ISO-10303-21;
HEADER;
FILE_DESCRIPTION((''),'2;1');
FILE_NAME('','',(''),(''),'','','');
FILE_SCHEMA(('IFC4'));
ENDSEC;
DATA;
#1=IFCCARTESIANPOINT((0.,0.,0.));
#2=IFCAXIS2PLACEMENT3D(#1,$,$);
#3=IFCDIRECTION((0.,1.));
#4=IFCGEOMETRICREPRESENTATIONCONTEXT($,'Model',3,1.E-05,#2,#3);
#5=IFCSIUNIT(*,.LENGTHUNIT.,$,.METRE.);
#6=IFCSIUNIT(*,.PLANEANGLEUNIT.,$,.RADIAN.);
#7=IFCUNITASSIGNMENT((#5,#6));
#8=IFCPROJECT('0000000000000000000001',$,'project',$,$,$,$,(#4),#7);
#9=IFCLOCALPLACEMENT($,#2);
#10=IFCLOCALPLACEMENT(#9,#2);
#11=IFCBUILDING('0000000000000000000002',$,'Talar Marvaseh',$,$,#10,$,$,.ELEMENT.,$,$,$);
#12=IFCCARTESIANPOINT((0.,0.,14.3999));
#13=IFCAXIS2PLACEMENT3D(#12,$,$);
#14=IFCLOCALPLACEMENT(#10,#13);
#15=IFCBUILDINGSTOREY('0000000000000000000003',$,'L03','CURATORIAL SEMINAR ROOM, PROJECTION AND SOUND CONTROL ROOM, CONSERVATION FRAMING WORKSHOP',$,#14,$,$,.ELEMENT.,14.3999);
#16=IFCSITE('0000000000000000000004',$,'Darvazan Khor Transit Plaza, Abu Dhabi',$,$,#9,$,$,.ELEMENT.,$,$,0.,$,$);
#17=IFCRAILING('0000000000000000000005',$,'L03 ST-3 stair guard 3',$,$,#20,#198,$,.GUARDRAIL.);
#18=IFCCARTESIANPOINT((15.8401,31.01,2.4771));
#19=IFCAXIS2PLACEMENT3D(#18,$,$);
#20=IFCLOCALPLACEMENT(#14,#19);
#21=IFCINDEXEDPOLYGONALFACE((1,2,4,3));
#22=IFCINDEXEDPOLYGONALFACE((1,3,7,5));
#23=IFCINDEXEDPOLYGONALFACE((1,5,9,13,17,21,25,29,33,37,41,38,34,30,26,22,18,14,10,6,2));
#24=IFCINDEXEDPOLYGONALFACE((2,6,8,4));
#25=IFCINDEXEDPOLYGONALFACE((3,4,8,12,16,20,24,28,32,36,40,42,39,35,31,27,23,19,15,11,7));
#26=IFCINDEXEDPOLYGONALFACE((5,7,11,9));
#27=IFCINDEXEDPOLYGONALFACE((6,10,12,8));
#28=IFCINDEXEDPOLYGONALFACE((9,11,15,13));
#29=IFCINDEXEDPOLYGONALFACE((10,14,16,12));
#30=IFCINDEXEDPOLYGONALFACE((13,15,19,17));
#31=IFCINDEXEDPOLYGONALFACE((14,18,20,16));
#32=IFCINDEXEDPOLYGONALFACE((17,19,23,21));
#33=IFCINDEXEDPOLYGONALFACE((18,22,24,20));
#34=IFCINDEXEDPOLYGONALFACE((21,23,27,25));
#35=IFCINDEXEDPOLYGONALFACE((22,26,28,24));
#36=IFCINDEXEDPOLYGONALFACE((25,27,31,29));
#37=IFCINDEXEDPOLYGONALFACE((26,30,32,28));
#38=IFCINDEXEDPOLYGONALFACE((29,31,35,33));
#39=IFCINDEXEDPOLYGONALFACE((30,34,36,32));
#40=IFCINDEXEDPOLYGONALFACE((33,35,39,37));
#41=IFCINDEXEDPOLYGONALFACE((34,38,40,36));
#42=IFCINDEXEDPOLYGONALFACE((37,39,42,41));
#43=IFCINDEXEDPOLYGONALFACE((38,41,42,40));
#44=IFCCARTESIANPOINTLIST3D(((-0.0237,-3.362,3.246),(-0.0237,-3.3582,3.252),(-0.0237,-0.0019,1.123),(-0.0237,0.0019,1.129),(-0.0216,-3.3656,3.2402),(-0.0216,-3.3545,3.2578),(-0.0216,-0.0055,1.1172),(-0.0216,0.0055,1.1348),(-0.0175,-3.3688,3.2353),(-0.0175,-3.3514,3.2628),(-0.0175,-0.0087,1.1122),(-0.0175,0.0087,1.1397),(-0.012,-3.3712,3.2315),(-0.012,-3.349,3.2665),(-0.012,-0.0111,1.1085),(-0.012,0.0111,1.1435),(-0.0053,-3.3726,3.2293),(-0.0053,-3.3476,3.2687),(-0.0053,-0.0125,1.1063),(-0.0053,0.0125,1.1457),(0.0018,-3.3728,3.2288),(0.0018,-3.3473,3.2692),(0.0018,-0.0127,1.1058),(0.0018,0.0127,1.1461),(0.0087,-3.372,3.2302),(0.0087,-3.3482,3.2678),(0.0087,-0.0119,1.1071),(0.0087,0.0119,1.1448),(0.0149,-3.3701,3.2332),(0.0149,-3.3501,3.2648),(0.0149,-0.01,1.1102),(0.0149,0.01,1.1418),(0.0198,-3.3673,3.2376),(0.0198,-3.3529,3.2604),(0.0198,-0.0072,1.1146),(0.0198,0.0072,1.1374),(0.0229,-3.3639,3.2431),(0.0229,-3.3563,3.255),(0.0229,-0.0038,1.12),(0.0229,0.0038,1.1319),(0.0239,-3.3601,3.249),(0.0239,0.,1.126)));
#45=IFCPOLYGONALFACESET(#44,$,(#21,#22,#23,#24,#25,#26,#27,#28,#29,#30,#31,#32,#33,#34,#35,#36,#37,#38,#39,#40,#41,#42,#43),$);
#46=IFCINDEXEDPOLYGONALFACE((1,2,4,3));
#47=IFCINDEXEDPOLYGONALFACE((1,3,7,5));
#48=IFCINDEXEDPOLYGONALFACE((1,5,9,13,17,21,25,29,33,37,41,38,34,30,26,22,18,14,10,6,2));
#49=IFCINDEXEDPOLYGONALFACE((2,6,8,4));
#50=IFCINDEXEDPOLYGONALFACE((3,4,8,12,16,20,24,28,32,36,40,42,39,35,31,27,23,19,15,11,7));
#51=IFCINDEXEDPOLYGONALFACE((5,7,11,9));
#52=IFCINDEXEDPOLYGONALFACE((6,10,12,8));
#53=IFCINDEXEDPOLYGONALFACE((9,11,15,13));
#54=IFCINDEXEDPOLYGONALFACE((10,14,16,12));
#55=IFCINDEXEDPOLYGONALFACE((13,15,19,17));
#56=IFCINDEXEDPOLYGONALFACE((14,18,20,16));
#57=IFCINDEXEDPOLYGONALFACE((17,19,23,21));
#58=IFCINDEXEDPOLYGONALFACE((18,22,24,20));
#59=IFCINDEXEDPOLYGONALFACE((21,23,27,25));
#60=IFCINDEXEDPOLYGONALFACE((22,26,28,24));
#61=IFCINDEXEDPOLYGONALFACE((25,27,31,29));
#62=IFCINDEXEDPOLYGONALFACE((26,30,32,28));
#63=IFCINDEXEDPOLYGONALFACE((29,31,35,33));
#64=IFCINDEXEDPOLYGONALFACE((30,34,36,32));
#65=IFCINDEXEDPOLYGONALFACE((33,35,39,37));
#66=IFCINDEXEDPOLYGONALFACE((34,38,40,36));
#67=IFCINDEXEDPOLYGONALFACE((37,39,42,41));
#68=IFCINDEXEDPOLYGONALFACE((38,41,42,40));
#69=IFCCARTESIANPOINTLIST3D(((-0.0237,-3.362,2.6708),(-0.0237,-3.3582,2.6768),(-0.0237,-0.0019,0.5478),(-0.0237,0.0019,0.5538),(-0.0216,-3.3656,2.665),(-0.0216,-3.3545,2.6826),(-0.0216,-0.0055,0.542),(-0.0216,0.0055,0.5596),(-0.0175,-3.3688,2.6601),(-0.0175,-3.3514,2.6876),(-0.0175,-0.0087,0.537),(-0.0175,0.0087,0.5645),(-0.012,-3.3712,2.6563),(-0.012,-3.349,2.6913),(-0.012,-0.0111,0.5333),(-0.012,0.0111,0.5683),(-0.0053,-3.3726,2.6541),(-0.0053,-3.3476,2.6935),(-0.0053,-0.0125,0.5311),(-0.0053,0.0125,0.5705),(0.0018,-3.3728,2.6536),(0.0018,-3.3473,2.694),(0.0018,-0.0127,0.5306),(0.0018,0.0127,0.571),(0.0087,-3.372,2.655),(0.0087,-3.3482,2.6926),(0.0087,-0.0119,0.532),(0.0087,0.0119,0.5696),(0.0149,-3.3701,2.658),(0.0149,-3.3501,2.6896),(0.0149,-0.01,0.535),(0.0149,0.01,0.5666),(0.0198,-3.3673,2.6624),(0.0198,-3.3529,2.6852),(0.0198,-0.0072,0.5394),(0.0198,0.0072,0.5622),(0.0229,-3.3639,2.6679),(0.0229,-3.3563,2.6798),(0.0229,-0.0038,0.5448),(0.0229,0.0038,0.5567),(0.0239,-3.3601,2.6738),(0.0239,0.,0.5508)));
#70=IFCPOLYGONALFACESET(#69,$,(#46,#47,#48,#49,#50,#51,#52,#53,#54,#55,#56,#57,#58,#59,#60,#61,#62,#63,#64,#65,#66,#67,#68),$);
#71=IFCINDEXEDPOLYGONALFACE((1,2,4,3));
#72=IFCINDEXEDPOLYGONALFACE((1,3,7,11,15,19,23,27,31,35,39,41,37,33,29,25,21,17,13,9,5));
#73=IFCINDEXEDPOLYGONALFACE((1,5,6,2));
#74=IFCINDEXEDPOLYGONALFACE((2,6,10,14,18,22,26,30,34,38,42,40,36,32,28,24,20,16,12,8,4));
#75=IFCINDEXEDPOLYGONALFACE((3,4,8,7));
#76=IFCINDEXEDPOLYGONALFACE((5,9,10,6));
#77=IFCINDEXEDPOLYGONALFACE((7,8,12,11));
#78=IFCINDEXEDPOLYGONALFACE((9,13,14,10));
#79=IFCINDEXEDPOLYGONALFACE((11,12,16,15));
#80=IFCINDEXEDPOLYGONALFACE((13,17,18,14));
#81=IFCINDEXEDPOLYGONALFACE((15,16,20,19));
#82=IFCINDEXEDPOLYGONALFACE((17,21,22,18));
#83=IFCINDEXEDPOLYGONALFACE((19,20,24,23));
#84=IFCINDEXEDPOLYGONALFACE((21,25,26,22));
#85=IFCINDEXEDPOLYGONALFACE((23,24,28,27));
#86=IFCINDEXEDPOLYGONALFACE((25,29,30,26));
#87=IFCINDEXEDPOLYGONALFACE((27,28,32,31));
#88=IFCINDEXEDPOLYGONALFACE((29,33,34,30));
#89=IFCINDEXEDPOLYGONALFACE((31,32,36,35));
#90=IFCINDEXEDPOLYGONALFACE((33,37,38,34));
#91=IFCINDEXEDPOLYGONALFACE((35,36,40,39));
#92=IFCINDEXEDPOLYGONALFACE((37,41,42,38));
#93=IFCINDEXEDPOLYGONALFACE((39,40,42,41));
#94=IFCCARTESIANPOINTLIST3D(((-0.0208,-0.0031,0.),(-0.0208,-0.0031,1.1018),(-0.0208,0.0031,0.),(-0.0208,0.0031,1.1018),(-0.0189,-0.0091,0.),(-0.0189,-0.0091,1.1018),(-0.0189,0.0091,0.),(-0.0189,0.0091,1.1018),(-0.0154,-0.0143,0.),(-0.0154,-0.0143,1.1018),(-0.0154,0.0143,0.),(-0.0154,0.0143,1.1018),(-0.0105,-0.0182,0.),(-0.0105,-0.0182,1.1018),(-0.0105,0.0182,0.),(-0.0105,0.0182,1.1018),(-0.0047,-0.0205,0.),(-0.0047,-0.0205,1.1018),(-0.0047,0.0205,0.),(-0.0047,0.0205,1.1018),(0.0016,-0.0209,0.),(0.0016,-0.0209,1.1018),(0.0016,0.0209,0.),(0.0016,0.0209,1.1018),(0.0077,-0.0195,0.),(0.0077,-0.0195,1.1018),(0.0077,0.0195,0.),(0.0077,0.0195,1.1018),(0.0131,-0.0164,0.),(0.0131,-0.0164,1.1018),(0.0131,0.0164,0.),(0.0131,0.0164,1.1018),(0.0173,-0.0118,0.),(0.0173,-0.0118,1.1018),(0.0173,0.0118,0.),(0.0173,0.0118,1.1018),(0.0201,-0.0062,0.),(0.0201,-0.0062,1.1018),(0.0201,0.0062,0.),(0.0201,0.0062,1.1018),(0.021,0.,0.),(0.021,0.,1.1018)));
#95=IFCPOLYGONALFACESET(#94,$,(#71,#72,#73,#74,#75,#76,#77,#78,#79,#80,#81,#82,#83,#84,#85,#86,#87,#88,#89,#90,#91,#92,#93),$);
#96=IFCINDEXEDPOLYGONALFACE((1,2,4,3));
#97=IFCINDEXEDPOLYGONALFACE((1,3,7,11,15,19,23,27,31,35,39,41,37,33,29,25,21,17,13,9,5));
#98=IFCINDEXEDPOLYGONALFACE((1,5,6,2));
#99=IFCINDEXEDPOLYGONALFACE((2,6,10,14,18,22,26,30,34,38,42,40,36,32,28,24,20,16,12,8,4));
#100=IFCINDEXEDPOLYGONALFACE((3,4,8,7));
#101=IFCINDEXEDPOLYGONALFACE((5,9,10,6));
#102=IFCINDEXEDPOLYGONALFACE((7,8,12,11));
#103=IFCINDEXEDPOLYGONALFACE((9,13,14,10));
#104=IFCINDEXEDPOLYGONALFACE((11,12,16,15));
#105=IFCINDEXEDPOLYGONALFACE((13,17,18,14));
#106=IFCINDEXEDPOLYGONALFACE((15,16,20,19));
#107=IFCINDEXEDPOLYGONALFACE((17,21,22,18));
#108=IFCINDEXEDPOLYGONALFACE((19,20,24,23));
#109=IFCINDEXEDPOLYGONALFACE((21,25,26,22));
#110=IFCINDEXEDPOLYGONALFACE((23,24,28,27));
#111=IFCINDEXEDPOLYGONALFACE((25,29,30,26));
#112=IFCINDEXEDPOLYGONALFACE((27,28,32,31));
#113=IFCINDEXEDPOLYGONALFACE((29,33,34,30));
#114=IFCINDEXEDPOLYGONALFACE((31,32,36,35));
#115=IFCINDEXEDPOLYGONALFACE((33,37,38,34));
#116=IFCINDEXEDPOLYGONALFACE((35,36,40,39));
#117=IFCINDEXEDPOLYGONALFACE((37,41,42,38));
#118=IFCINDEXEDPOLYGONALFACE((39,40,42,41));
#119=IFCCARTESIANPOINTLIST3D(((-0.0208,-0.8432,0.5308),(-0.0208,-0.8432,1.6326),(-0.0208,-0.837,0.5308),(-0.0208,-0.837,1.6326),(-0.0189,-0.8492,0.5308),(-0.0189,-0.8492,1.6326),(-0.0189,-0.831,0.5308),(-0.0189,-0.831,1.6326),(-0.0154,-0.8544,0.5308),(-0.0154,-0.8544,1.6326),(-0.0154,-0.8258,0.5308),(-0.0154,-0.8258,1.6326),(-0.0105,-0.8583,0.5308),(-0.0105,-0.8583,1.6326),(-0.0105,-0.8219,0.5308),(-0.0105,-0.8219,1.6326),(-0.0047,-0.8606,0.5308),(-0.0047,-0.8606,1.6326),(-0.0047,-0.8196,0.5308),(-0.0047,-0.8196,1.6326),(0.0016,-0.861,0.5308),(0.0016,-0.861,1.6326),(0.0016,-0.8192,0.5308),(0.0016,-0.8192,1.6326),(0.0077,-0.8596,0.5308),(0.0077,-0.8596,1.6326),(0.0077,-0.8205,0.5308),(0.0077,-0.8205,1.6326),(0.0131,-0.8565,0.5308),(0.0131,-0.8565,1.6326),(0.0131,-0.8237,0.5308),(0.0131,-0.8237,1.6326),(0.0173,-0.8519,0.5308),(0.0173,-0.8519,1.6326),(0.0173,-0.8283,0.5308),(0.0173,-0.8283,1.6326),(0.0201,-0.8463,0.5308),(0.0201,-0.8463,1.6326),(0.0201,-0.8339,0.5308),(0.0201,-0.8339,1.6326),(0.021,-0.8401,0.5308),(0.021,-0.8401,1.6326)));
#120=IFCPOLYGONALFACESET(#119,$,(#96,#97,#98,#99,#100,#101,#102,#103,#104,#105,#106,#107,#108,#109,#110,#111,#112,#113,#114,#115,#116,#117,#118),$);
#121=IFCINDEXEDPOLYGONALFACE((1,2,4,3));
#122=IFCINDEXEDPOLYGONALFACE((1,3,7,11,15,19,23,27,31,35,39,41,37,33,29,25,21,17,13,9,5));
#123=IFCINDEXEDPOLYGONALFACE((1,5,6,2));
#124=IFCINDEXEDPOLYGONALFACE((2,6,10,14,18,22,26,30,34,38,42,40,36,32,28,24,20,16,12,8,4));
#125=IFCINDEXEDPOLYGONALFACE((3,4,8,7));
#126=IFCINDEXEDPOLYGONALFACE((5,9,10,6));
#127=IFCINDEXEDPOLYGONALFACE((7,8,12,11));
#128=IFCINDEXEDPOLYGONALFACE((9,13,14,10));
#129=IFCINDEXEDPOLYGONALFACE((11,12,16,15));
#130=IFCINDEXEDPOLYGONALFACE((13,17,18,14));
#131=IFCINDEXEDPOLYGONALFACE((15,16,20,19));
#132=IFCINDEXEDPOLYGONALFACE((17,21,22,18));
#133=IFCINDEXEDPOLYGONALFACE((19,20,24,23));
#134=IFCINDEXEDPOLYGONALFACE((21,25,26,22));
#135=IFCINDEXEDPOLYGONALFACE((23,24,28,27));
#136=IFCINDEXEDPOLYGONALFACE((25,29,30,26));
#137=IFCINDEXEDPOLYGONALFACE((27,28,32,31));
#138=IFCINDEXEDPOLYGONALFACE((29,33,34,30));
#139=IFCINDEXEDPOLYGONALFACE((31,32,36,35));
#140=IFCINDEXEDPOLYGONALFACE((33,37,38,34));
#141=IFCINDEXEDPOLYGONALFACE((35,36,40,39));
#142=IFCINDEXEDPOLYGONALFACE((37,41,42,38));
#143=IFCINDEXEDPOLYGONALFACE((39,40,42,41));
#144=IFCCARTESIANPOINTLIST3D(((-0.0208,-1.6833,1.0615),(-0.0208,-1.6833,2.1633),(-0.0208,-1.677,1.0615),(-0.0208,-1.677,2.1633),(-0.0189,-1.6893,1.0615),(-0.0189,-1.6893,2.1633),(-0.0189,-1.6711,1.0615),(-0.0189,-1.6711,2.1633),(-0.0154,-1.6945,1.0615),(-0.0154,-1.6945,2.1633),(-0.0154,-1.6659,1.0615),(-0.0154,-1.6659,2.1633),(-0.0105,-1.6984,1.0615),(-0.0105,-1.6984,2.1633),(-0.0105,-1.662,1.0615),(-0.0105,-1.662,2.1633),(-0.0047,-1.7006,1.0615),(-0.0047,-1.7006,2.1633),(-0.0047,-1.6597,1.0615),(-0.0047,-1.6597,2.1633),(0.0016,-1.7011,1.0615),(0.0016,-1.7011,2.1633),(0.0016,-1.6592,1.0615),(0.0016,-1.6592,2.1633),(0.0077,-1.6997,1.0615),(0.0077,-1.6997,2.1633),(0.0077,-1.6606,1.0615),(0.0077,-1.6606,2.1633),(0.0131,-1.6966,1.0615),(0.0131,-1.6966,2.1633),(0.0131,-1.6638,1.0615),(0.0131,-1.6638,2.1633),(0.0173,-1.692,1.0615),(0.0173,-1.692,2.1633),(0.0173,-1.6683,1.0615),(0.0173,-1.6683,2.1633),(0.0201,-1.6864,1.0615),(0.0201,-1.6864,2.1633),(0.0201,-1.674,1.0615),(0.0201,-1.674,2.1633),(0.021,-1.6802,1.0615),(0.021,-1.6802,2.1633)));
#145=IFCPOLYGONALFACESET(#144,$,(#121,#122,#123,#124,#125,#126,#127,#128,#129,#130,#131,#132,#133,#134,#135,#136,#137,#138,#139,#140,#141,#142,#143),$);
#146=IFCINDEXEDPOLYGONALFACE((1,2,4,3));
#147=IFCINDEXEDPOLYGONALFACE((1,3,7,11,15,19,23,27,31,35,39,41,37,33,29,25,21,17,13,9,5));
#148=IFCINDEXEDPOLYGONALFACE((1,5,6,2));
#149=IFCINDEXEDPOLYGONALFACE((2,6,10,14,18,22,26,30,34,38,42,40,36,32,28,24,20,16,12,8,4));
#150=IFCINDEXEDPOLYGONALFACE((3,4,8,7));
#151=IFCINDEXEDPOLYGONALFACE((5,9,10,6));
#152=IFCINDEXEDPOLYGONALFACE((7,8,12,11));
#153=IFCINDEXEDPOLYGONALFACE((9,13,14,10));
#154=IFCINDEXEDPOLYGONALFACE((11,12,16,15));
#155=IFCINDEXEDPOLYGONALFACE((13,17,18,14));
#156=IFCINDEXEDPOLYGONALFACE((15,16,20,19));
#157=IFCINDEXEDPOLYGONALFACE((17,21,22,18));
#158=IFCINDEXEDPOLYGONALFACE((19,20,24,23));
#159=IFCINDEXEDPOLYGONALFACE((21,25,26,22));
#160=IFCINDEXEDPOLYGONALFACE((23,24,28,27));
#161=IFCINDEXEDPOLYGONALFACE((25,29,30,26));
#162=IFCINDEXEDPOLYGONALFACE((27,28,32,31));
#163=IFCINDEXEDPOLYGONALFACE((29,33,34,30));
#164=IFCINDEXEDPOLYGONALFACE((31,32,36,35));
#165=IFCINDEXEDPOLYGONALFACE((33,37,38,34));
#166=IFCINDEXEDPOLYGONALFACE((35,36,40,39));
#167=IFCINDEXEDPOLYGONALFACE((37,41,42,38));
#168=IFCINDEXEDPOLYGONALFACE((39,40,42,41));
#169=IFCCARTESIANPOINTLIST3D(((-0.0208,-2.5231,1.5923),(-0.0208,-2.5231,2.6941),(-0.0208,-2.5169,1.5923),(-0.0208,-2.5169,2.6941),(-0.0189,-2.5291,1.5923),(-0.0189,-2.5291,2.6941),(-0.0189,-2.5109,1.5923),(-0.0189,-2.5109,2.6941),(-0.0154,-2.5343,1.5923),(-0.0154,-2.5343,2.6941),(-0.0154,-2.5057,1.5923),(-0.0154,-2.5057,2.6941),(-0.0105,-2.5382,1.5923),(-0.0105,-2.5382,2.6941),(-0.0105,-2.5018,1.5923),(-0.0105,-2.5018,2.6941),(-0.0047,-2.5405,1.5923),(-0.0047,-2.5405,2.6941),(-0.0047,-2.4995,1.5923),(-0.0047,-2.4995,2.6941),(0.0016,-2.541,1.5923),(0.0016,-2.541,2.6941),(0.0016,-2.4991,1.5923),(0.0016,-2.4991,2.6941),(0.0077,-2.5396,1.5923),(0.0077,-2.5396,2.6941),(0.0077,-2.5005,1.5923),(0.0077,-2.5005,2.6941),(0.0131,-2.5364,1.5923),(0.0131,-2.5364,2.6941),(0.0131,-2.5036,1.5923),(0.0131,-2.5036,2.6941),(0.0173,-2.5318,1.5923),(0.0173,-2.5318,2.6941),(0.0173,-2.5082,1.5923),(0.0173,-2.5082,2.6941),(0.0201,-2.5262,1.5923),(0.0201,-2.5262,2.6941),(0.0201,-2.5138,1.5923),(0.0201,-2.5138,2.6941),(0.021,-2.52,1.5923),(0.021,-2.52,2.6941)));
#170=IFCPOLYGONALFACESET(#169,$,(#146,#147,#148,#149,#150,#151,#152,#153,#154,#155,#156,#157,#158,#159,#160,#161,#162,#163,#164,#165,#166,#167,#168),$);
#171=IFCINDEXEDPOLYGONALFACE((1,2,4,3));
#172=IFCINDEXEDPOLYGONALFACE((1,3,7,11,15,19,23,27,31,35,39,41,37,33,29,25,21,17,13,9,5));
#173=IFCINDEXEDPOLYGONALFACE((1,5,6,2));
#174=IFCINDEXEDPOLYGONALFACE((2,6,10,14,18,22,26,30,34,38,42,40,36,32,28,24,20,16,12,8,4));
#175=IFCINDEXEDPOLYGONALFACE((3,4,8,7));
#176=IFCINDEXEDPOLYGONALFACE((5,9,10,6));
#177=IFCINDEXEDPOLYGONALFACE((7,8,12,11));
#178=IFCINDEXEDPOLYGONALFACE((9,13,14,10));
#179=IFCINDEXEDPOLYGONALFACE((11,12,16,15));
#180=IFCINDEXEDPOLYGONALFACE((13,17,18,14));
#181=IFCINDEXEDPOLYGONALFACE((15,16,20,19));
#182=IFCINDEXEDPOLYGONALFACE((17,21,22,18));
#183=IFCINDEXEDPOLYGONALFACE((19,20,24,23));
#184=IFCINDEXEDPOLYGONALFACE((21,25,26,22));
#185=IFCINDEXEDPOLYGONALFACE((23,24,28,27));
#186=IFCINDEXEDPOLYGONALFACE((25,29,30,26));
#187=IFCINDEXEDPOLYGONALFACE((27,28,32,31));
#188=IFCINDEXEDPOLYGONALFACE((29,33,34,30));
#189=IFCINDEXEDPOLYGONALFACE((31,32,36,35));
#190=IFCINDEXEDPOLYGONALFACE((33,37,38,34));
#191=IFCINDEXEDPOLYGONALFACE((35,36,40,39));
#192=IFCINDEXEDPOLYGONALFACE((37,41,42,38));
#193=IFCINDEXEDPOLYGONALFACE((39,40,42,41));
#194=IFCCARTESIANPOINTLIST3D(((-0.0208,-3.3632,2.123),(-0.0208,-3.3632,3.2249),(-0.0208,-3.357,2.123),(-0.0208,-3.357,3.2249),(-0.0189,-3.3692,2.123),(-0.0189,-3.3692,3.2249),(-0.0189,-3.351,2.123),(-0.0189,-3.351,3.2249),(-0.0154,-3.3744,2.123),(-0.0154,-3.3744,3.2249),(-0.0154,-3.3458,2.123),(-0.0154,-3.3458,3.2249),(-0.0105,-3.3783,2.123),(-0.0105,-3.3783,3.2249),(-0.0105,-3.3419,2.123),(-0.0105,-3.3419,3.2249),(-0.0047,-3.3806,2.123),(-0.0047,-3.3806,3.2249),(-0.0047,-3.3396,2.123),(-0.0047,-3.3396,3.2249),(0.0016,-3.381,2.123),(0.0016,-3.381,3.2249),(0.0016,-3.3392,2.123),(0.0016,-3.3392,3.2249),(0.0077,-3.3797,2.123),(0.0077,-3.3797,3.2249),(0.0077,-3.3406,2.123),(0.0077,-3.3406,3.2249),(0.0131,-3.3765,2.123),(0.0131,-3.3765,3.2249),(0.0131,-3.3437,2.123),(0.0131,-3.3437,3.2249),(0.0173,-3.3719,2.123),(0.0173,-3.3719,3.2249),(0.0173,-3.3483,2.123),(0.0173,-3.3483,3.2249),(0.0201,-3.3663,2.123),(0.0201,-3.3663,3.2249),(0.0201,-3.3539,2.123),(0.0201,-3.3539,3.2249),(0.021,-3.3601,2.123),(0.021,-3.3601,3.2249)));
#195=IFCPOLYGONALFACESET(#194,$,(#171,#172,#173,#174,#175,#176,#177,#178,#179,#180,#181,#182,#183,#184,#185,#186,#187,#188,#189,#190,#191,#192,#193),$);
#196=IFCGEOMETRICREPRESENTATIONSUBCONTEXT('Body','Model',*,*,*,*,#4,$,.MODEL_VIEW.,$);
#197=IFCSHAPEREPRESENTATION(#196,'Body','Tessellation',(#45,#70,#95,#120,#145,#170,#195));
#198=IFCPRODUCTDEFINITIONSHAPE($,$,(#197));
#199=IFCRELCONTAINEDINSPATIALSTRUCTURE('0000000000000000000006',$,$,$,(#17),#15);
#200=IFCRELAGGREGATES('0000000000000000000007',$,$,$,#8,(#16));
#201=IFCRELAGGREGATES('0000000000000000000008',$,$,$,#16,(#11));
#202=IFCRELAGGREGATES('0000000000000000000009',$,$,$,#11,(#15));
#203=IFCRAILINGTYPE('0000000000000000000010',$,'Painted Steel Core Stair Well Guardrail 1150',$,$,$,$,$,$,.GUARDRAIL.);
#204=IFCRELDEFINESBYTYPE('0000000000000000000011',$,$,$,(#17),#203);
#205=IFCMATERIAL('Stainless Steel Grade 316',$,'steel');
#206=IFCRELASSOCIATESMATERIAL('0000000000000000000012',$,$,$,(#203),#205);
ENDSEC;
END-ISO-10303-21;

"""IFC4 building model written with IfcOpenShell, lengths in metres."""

from ifc_helpers import new_model, si_unit, direction, frame, origin, origin_2d, place, context, subcontext, project, spatial, circle, extrude, material, type_object, element, save


model = new_model("IFC4")

# Units and contexts
model_context = context("Model", 3, precision=1e-05, world=origin(), true_north=direction((0.0, 1.0)))
body_context = subcontext(model_context, "Body", "Model", "MODEL_VIEW")
ifc_project = project(units=[si_unit("LENGTHUNIT", "METRE"), si_unit("PLANEANGLEUNIT", "RADIAN")], contexts=[model_context])

# Site, building, storey
site_placement = place(None, origin())
site = spatial("IfcSite", under=ifc_project, at=site_placement, Name="Darvazan Khor Transit Plaza, Abu Dhabi", CompositionType="ELEMENT", RefElevation=0.0)
building_placement = place(site_placement, origin())
building = spatial("IfcBuilding", under=site, at=building_placement, Name="Talar Marvaseh", CompositionType="ELEMENT")
storey_placement = place(building_placement, frame((0.0, 0.0, 14.3999)))
storey = spatial("IfcBuildingStorey", under=building, at=storey_placement, Name="L03", Description="CURATORIAL SEMINAR ROOM, PROJECTION AND SOUND CONTROL ROOM, CONSERVATION FRAMING WORKSHOP", CompositionType="ELEMENT", Elevation=14.3999)

# Railing
ifc_material_1 = material(Name="Stainless Steel Grade 316", Category="steel")
railing_type_1 = type_object("IfcRailingType", Name="Painted Steel Core Stair Well Guardrail 1150", PredefinedType="GUARDRAIL", material=ifc_material_1)
railing_1_placement = place(storey_placement, frame((15.8401, 31.01, 2.4771)))
element("IfcRailing", 1, at=railing_1_placement, inside=storey, type_object=railing_type_1, Name="L03 ST-3 stair guard 3", PredefinedType="GUARDRAIL", context=body_context, shape_type="SweptSolid", body=[
    extrude(circle(Radius=0.0239, at=origin_2d()), frame((0.0, 0.0, 1.126), z_axis=(0.0, -0.84539, 0.53415), x_axis=(1.0, 0.0, 0.0)), (0.0, 0.0, 1.0), 3.9746),
    extrude(circle(Radius=0.0239, at=origin_2d()), frame((0.0, 0.0, 0.5508), z_axis=(0.0, -0.84539, 0.53415), x_axis=(1.0, 0.0, 0.0)), (0.0, 0.0, 1.0), 3.9746),
    extrude(circle(Radius=0.021, at=origin_2d()), origin(), (0.0, 0.0, 1.0), 1.1018),
    extrude(circle(Radius=0.021, at=origin_2d()), frame((0.0, -0.8401, 0.5308)), (0.0, 0.0, 1.0), 1.1018),
    extrude(circle(Radius=0.021, at=origin_2d()), frame((0.0, -1.6802, 1.0615)), (0.0, 0.0, 1.0), 1.1018),
    extrude(circle(Radius=0.021, at=origin_2d()), frame((0.0, -2.52, 1.5923)), (0.0, 0.0, 1.0), 1.1018),
    extrude(circle(Radius=0.021, at=origin_2d()), frame((0.0, -3.3601, 2.123)), (0.0, 0.0, 1.0), 1.1018),
])

save(model, "model.ifc")
